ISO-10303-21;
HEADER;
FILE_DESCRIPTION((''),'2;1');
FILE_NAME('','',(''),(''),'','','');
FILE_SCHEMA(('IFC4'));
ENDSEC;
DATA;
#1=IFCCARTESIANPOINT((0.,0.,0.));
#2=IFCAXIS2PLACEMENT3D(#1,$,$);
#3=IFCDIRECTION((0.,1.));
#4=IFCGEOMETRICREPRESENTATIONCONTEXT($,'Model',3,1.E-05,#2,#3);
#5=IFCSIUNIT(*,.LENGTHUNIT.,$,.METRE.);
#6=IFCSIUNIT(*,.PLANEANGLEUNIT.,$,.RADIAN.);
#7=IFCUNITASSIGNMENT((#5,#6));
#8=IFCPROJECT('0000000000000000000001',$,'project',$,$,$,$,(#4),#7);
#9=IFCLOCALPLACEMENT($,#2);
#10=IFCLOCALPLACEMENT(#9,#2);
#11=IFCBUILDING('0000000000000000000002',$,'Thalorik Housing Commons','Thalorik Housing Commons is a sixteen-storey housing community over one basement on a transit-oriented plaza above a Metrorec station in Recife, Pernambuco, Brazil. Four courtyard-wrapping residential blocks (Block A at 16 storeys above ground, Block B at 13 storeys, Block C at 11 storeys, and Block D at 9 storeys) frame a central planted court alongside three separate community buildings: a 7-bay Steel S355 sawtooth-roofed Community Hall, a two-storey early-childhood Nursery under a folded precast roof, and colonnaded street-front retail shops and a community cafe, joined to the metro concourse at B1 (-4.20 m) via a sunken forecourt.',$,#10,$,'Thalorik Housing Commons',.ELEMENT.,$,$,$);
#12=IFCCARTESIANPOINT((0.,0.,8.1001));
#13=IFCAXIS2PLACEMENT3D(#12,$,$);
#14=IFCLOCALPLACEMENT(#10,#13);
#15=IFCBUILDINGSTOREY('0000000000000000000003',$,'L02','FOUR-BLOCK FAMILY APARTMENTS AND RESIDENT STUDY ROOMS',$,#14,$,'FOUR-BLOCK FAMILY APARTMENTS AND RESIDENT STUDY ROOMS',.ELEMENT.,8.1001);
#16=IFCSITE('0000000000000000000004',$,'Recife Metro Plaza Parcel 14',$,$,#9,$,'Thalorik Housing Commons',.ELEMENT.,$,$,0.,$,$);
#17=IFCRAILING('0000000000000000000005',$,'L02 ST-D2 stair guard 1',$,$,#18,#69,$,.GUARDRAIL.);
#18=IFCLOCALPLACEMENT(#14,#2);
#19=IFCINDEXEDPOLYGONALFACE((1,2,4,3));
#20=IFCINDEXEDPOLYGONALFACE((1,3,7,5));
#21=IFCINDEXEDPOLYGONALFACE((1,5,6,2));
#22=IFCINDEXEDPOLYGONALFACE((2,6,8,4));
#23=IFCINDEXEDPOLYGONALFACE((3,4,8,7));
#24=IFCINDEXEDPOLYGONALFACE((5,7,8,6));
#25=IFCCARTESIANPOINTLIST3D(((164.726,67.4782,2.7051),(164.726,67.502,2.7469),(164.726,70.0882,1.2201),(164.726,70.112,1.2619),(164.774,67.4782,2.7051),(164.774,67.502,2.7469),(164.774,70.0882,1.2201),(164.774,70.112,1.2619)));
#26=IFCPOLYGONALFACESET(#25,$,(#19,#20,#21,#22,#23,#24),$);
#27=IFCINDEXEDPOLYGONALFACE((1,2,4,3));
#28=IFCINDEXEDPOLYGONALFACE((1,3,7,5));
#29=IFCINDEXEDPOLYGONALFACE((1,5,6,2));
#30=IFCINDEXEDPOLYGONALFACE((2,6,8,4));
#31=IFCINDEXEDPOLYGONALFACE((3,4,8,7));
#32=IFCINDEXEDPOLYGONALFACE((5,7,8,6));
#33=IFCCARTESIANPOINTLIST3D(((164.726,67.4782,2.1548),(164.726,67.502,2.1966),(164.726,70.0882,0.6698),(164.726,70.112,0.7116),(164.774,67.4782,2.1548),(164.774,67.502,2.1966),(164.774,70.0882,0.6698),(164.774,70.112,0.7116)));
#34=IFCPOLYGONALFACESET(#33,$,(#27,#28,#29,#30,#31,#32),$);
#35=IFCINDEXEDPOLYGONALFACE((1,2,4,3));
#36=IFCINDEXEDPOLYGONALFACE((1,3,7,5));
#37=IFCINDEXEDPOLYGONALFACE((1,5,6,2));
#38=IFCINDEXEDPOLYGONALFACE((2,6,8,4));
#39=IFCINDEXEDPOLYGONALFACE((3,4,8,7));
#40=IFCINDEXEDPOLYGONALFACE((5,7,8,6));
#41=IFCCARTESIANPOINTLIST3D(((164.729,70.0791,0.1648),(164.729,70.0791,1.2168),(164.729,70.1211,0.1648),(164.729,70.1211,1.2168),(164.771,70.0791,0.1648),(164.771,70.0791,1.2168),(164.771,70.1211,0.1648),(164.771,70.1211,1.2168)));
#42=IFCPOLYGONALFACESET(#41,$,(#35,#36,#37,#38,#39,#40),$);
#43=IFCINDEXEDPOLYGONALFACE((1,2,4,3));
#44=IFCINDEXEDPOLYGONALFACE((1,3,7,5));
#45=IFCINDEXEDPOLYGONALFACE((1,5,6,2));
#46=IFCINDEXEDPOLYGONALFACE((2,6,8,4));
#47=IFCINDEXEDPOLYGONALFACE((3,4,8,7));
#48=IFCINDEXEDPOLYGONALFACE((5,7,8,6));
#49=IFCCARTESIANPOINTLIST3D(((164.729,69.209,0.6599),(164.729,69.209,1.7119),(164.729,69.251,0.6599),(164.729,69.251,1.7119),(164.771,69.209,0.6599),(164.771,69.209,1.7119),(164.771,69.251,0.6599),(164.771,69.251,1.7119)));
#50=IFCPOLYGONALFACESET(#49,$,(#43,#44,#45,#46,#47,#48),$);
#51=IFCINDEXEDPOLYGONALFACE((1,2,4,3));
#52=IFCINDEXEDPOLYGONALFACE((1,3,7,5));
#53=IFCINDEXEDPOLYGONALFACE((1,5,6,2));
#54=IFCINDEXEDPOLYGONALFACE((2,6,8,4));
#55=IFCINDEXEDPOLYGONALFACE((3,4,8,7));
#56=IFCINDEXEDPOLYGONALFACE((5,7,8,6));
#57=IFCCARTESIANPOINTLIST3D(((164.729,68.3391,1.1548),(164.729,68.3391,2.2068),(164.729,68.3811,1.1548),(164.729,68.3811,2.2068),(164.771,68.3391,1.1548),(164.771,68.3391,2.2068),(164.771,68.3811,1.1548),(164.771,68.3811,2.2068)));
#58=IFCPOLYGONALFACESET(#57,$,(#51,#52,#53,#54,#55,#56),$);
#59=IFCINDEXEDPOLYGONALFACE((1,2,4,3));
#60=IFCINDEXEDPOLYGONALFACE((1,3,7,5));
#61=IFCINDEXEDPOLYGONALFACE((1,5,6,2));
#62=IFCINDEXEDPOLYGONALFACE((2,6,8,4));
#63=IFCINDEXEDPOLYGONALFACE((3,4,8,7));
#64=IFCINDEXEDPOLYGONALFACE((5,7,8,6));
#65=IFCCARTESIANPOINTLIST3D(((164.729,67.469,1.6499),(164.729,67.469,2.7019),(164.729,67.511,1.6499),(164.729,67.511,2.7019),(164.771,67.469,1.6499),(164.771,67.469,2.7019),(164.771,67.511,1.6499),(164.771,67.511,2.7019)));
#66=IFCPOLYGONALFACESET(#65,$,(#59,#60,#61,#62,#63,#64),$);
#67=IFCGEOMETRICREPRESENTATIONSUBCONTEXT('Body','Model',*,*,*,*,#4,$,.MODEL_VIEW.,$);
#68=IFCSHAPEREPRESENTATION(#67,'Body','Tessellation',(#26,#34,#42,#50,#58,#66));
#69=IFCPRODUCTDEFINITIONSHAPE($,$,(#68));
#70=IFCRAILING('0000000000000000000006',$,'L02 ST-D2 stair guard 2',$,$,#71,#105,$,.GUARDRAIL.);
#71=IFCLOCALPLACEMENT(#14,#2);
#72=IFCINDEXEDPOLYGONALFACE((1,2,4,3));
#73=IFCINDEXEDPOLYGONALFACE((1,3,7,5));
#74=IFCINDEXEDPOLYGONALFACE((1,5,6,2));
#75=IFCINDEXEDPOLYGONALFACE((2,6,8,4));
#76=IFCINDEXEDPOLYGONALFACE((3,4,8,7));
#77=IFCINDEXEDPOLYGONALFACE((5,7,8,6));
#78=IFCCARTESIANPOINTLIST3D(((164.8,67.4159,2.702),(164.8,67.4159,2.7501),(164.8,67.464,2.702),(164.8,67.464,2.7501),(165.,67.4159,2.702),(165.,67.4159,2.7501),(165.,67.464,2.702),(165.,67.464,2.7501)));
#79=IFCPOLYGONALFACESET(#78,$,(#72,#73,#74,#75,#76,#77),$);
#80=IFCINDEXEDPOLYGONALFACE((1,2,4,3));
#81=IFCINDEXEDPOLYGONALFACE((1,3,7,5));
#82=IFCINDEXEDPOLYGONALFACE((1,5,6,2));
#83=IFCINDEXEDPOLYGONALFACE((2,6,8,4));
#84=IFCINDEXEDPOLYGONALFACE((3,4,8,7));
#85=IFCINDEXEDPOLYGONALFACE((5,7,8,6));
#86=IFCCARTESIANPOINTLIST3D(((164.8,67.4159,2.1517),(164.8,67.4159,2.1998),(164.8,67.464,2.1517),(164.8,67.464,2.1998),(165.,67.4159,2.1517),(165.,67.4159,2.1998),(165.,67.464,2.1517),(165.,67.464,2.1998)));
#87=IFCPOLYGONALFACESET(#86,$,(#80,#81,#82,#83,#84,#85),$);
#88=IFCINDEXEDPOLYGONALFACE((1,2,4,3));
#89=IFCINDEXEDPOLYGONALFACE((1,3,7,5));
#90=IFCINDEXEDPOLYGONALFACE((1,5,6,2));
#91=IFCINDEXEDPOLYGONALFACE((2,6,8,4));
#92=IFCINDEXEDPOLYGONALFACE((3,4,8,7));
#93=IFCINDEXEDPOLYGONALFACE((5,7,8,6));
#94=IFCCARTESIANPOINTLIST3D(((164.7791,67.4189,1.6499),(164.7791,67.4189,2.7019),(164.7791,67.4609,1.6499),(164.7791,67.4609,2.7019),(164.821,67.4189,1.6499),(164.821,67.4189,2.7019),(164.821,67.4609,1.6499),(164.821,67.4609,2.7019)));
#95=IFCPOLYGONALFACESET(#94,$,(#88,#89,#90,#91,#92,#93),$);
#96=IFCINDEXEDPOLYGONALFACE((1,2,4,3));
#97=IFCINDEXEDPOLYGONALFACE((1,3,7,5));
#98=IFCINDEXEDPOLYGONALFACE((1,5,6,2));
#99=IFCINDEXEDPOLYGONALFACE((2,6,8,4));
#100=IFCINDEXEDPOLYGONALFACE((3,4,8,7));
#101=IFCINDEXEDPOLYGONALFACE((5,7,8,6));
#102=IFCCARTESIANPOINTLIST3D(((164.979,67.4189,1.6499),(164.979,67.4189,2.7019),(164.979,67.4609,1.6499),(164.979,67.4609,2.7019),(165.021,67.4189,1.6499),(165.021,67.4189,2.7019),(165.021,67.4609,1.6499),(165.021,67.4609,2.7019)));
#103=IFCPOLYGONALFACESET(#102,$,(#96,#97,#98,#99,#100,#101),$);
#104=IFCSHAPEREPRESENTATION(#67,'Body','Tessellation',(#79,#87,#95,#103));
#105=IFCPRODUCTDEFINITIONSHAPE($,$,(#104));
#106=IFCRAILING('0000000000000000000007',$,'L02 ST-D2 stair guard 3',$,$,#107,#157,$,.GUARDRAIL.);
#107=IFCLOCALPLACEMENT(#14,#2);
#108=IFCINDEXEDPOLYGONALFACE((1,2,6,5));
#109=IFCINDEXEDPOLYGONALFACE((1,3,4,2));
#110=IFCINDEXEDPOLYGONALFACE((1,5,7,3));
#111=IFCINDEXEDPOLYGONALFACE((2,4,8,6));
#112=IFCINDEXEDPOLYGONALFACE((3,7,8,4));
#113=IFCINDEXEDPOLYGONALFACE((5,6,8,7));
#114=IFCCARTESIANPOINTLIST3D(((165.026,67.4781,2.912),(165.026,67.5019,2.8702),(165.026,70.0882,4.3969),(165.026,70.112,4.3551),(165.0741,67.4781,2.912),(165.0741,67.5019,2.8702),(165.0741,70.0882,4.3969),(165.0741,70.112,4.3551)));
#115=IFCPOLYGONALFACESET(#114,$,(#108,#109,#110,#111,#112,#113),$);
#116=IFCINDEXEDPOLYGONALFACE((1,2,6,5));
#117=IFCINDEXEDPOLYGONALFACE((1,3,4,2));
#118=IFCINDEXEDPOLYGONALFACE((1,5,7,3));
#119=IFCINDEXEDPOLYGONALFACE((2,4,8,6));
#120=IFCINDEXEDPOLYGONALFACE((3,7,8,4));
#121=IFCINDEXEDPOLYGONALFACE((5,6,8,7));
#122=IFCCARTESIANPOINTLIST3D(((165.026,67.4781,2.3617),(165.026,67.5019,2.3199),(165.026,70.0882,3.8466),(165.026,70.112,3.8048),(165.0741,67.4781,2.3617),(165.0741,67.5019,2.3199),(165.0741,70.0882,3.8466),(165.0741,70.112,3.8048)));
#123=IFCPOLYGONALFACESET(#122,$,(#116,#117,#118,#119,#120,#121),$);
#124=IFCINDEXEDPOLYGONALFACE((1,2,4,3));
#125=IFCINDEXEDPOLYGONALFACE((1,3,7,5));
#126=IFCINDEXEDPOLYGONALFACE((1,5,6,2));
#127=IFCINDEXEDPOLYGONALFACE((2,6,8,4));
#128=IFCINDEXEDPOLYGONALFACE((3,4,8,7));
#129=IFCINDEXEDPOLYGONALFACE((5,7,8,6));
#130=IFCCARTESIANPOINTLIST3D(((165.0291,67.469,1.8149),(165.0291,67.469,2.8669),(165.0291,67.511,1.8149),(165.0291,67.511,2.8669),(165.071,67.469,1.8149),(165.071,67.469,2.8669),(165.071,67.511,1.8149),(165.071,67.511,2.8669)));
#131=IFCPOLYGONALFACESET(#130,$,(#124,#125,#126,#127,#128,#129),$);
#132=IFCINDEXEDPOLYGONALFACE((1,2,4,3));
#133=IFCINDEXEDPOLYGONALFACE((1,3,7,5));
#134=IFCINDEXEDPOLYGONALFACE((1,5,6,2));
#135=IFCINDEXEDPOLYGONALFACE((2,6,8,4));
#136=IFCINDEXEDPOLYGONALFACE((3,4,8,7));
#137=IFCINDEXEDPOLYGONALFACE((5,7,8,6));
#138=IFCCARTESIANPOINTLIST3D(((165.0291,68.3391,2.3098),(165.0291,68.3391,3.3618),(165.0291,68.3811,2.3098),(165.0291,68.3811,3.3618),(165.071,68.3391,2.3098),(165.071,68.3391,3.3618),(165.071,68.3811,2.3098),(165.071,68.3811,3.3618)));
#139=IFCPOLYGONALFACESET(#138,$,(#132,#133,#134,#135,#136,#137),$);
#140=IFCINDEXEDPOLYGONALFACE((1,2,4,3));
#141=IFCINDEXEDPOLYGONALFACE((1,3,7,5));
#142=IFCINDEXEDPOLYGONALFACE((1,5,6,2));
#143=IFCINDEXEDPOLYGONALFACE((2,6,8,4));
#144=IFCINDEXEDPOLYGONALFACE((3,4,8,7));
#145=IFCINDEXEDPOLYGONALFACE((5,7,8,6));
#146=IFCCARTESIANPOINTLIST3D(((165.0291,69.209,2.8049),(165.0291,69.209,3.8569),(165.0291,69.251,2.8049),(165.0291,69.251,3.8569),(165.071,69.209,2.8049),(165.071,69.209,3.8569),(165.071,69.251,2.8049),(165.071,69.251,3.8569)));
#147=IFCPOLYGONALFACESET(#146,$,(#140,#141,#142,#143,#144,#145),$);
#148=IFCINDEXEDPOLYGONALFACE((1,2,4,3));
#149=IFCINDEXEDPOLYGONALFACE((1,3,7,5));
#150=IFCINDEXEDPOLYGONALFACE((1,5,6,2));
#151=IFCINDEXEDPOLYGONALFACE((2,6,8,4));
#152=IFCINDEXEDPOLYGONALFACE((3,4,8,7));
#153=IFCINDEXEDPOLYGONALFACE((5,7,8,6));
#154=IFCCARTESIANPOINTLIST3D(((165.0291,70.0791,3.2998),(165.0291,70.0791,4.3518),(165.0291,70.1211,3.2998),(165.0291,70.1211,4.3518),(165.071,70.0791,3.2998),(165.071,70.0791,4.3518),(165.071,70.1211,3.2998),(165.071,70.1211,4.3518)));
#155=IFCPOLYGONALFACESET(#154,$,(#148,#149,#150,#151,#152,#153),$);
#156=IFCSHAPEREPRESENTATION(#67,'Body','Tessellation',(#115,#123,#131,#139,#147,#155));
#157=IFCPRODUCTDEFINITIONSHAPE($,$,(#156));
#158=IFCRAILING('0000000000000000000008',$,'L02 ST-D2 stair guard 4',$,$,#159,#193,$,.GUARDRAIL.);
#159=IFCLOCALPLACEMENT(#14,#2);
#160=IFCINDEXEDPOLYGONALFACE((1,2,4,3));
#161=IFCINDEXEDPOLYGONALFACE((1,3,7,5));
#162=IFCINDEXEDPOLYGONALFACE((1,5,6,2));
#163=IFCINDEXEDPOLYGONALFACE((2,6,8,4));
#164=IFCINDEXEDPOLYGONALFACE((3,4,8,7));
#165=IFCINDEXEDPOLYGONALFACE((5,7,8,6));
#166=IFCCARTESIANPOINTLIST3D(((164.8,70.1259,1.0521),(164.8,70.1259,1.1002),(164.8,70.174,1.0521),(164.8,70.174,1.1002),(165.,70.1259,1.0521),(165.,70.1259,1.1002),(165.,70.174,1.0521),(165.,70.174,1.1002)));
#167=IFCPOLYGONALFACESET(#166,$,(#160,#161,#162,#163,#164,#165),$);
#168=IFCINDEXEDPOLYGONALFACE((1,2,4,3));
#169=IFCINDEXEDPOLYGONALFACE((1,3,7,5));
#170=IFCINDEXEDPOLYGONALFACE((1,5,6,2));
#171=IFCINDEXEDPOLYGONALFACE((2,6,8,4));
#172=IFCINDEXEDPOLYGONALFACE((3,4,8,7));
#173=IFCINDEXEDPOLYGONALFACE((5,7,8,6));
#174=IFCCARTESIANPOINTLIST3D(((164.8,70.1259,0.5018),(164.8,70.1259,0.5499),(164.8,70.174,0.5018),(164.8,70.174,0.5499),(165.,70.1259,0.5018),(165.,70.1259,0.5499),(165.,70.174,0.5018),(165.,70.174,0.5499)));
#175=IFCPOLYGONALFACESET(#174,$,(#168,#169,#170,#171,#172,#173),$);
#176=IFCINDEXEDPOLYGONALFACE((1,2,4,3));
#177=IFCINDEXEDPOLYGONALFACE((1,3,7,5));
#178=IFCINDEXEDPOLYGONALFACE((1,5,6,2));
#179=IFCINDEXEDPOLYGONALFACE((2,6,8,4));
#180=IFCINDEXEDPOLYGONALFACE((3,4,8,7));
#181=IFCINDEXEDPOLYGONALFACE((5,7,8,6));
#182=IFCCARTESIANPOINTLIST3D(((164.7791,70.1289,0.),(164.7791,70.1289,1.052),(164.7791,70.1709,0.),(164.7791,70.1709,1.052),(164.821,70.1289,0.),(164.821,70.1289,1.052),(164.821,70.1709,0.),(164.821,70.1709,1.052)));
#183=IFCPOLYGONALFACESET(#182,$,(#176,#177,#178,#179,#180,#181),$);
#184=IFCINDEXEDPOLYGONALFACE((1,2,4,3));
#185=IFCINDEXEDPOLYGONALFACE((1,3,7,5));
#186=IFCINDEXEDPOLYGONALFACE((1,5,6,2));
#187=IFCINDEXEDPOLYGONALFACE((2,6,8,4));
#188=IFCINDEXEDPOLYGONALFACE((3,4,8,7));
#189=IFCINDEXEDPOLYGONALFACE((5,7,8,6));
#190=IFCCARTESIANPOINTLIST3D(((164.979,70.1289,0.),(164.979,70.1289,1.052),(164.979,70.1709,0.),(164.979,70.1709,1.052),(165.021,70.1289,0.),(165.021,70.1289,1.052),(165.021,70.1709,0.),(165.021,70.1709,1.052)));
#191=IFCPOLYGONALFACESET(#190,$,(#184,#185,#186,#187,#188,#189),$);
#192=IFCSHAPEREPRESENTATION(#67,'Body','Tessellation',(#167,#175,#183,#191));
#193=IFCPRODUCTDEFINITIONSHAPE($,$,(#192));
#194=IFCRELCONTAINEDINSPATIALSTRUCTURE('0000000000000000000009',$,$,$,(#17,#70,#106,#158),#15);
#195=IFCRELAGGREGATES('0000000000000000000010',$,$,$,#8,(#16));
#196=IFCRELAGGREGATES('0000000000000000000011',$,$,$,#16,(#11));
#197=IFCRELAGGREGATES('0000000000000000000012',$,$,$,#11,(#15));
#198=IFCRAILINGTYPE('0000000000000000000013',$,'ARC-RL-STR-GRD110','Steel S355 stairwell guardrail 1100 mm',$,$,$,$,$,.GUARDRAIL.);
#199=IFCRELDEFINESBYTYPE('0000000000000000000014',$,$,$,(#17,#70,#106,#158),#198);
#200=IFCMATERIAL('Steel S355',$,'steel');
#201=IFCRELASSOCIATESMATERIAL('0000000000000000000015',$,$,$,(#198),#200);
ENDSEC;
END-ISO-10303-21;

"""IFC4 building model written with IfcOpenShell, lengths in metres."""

from ifc_helpers import new_model, si_unit, direction, frame, origin, origin_2d, place, context, subcontext, project, spatial, rectangle, extrude, material, type_object, element, save


model = new_model("IFC4")

# Units and contexts
model_context = context("Model", 3, precision=1e-05, world=origin(), true_north=direction((0.0, 1.0)))
body_context = subcontext(model_context, "Body", "Model", "MODEL_VIEW")
ifc_project = project(units=[si_unit("LENGTHUNIT", "METRE"), si_unit("PLANEANGLEUNIT", "RADIAN")], contexts=[model_context])

# Site, building, storey
site_placement = place(None, origin())
site = spatial("IfcSite", under=ifc_project, at=site_placement, Name="Recife Metro Plaza Parcel 14", LongName="Thalorik Housing Commons", CompositionType="ELEMENT", RefElevation=0.0)
building_placement = place(site_placement, origin())
building = spatial("IfcBuilding", under=site, at=building_placement, Name="Thalorik Housing Commons", Description="Thalorik Housing Commons is a sixteen-storey housing community over one basement on a transit-oriented plaza above a Metrorec station in Recife, Pernambuco, Brazil. Four courtyard-wrapping residential blocks (Block A at 16 storeys above ground, Block B at 13 storeys, Block C at 11 storeys, and Block D at 9 storeys) frame a central planted court alongside three separate community buildings: a 7-bay Steel S355 sawtooth-roofed Community Hall, a two-storey early-childhood Nursery under a folded precast roof, and colonnaded street-front retail shops and a community cafe, joined to the metro concourse at B1 (-4.20 m) via a sunken forecourt.", LongName="Thalorik Housing Commons", CompositionType="ELEMENT")
storey_placement = place(building_placement, frame((0.0, 0.0, 8.1001)))
storey = spatial("IfcBuildingStorey", under=building, at=storey_placement, Name="L02", Description="FOUR-BLOCK FAMILY APARTMENTS AND RESIDENT STUDY ROOMS", LongName="FOUR-BLOCK FAMILY APARTMENTS AND RESIDENT STUDY ROOMS", CompositionType="ELEMENT", Elevation=8.1001)

# Shared definitions
ifc_material_1 = material(Name="Steel S355", Category="steel")

# Railings
railing_type_1 = type_object("IfcRailingType", Name="ARC-RL-STR-GRD110", Description="Steel S355 stairwell guardrail 1100 mm", PredefinedType="GUARDRAIL", material=ifc_material_1)
railing_1_placement = place(storey_placement, frame((164.75, 70.1001, 0.1648)))
element("IfcRailing", 1, at=railing_1_placement, inside=storey, type_object=railing_type_1, Name="L02 ST-D2 stair guard 1", PredefinedType="GUARDRAIL", context=body_context, shape_type="SweptSolid", body=[
    extrude(rectangle(XDim=0.0481, YDim=0.0481, at=origin_2d()), frame((0.0, 0.0, 1.0762), z_axis=(0.0, -0.869157, 0.494536), x_axis=(1.0, 0.0, 0.0)), (0.0, 0.0, 1.0), 3.0029),
    extrude(rectangle(XDim=0.0481, YDim=0.0481, at=origin_2d()), frame((0.0, 0.0, 0.5259), z_axis=(0.0, -0.869157, 0.494536), x_axis=(1.0, 0.0, 0.0)), (0.0, 0.0, 1.0), 3.0029),
    extrude(rectangle(XDim=0.042, YDim=0.042, at=origin_2d()), origin(), (0.0, 0.0, 1.0), 1.052),
    extrude(rectangle(XDim=0.042, YDim=0.042, at=origin_2d()), frame((0.0, -0.8701, 0.4951)), (0.0, 0.0, 1.0), 1.052),
    extrude(rectangle(XDim=0.042, YDim=0.042, at=origin_2d()), frame((0.0, -1.74, 0.99)), (0.0, 0.0, 1.0), 1.052),
    extrude(rectangle(XDim=0.042, YDim=0.042, at=origin_2d()), frame((0.0, -2.6101, 1.4851)), (0.0, 0.0, 1.0), 1.052),
])
railing_2_placement = place(storey_placement, frame((164.8, 67.4399, 1.6499)))
element("IfcRailing", 2, at=railing_2_placement, inside=storey, type_object=railing_type_1, Name="L02 ST-D2 stair guard 2", PredefinedType="GUARDRAIL", context=body_context, shape_type="SweptSolid", body=[
    extrude(rectangle(XDim=0.0481, YDim=0.0481, at=origin_2d()), frame((0.0, 0.0, 1.0762), z_axis=(1.0, 0.0, 0.0), x_axis=(0.0, 1.0, 0.0)), (0.0, 0.0, 1.0), 0.2),
    extrude(rectangle(XDim=0.0481, YDim=0.0481, at=origin_2d()), frame((0.0, 0.0, 0.5259), z_axis=(1.0, 0.0, 0.0), x_axis=(0.0, 1.0, 0.0)), (0.0, 0.0, 1.0), 0.2),
    extrude(rectangle(XDim=0.042, YDim=0.042, at=origin_2d()), origin(), (0.0, 0.0, 1.0), 1.052),
    extrude(rectangle(XDim=0.042, YDim=0.042, at=origin_2d()), frame((0.2, 0.0, 0.0)), (0.0, 0.0, 1.0), 1.052),
])
railing_3_placement = place(storey_placement, frame((165.05, 67.49, 1.8149)))
element("IfcRailing", 3, at=railing_3_placement, inside=storey, type_object=railing_type_1, Name="L02 ST-D2 stair guard 3", PredefinedType="GUARDRAIL", context=body_context, shape_type="SweptSolid", body=[
    extrude(rectangle(XDim=0.0481, YDim=0.0481, at=origin_2d()), frame((0.0, 0.0, 1.0762), z_axis=(0.0, 0.869192, 0.494474), x_axis=(-1.0, 0.0, 0.0)), (0.0, 0.0, 1.0), 3.0029),
    extrude(rectangle(XDim=0.0481, YDim=0.0481, at=origin_2d()), frame((0.0, 0.0, 0.5259), z_axis=(0.0, 0.869192, 0.494474), x_axis=(-1.0, 0.0, 0.0)), (0.0, 0.0, 1.0), 3.0029),
    extrude(rectangle(XDim=0.042, YDim=0.042, at=origin_2d()), origin(), (0.0, 0.0, 1.0), 1.052),
    extrude(rectangle(XDim=0.042, YDim=0.042, at=origin_2d()), frame((0.0, 0.8701, 0.4949)), (0.0, 0.0, 1.0), 1.052),
    extrude(rectangle(XDim=0.042, YDim=0.042, at=origin_2d()), frame((0.0, 1.74, 0.99)), (0.0, 0.0, 1.0), 1.052),
    extrude(rectangle(XDim=0.042, YDim=0.042, at=origin_2d()), frame((0.0, 2.6101, 1.4849)), (0.0, 0.0, 1.0), 1.052),
])
railing_4_placement = place(storey_placement, frame((164.8, 70.1499, 0.0)))
element("IfcRailing", 4, at=railing_4_placement, inside=storey, type_object=railing_type_1, Name="L02 ST-D2 stair guard 4", PredefinedType="GUARDRAIL", context=body_context, shape_type="SweptSolid", body=[
    extrude(rectangle(XDim=0.0481, YDim=0.0481, at=origin_2d()), frame((0.0, 0.0, 1.0762), z_axis=(1.0, 0.0, 0.0), x_axis=(0.0, 1.0, 0.0)), (0.0, 0.0, 1.0), 0.2),
    extrude(rectangle(XDim=0.0481, YDim=0.0481, at=origin_2d()), frame((0.0, 0.0, 0.5259), z_axis=(1.0, 0.0, 0.0), x_axis=(0.0, 1.0, 0.0)), (0.0, 0.0, 1.0), 0.2),
    extrude(rectangle(XDim=0.042, YDim=0.042, at=origin_2d()), origin(), (0.0, 0.0, 1.0), 1.052),
    extrude(rectangle(XDim=0.042, YDim=0.042, at=origin_2d()), frame((0.2, 0.0, 0.0)), (0.0, 0.0, 1.0), 1.052),
])

save(model, "model.ifc")
